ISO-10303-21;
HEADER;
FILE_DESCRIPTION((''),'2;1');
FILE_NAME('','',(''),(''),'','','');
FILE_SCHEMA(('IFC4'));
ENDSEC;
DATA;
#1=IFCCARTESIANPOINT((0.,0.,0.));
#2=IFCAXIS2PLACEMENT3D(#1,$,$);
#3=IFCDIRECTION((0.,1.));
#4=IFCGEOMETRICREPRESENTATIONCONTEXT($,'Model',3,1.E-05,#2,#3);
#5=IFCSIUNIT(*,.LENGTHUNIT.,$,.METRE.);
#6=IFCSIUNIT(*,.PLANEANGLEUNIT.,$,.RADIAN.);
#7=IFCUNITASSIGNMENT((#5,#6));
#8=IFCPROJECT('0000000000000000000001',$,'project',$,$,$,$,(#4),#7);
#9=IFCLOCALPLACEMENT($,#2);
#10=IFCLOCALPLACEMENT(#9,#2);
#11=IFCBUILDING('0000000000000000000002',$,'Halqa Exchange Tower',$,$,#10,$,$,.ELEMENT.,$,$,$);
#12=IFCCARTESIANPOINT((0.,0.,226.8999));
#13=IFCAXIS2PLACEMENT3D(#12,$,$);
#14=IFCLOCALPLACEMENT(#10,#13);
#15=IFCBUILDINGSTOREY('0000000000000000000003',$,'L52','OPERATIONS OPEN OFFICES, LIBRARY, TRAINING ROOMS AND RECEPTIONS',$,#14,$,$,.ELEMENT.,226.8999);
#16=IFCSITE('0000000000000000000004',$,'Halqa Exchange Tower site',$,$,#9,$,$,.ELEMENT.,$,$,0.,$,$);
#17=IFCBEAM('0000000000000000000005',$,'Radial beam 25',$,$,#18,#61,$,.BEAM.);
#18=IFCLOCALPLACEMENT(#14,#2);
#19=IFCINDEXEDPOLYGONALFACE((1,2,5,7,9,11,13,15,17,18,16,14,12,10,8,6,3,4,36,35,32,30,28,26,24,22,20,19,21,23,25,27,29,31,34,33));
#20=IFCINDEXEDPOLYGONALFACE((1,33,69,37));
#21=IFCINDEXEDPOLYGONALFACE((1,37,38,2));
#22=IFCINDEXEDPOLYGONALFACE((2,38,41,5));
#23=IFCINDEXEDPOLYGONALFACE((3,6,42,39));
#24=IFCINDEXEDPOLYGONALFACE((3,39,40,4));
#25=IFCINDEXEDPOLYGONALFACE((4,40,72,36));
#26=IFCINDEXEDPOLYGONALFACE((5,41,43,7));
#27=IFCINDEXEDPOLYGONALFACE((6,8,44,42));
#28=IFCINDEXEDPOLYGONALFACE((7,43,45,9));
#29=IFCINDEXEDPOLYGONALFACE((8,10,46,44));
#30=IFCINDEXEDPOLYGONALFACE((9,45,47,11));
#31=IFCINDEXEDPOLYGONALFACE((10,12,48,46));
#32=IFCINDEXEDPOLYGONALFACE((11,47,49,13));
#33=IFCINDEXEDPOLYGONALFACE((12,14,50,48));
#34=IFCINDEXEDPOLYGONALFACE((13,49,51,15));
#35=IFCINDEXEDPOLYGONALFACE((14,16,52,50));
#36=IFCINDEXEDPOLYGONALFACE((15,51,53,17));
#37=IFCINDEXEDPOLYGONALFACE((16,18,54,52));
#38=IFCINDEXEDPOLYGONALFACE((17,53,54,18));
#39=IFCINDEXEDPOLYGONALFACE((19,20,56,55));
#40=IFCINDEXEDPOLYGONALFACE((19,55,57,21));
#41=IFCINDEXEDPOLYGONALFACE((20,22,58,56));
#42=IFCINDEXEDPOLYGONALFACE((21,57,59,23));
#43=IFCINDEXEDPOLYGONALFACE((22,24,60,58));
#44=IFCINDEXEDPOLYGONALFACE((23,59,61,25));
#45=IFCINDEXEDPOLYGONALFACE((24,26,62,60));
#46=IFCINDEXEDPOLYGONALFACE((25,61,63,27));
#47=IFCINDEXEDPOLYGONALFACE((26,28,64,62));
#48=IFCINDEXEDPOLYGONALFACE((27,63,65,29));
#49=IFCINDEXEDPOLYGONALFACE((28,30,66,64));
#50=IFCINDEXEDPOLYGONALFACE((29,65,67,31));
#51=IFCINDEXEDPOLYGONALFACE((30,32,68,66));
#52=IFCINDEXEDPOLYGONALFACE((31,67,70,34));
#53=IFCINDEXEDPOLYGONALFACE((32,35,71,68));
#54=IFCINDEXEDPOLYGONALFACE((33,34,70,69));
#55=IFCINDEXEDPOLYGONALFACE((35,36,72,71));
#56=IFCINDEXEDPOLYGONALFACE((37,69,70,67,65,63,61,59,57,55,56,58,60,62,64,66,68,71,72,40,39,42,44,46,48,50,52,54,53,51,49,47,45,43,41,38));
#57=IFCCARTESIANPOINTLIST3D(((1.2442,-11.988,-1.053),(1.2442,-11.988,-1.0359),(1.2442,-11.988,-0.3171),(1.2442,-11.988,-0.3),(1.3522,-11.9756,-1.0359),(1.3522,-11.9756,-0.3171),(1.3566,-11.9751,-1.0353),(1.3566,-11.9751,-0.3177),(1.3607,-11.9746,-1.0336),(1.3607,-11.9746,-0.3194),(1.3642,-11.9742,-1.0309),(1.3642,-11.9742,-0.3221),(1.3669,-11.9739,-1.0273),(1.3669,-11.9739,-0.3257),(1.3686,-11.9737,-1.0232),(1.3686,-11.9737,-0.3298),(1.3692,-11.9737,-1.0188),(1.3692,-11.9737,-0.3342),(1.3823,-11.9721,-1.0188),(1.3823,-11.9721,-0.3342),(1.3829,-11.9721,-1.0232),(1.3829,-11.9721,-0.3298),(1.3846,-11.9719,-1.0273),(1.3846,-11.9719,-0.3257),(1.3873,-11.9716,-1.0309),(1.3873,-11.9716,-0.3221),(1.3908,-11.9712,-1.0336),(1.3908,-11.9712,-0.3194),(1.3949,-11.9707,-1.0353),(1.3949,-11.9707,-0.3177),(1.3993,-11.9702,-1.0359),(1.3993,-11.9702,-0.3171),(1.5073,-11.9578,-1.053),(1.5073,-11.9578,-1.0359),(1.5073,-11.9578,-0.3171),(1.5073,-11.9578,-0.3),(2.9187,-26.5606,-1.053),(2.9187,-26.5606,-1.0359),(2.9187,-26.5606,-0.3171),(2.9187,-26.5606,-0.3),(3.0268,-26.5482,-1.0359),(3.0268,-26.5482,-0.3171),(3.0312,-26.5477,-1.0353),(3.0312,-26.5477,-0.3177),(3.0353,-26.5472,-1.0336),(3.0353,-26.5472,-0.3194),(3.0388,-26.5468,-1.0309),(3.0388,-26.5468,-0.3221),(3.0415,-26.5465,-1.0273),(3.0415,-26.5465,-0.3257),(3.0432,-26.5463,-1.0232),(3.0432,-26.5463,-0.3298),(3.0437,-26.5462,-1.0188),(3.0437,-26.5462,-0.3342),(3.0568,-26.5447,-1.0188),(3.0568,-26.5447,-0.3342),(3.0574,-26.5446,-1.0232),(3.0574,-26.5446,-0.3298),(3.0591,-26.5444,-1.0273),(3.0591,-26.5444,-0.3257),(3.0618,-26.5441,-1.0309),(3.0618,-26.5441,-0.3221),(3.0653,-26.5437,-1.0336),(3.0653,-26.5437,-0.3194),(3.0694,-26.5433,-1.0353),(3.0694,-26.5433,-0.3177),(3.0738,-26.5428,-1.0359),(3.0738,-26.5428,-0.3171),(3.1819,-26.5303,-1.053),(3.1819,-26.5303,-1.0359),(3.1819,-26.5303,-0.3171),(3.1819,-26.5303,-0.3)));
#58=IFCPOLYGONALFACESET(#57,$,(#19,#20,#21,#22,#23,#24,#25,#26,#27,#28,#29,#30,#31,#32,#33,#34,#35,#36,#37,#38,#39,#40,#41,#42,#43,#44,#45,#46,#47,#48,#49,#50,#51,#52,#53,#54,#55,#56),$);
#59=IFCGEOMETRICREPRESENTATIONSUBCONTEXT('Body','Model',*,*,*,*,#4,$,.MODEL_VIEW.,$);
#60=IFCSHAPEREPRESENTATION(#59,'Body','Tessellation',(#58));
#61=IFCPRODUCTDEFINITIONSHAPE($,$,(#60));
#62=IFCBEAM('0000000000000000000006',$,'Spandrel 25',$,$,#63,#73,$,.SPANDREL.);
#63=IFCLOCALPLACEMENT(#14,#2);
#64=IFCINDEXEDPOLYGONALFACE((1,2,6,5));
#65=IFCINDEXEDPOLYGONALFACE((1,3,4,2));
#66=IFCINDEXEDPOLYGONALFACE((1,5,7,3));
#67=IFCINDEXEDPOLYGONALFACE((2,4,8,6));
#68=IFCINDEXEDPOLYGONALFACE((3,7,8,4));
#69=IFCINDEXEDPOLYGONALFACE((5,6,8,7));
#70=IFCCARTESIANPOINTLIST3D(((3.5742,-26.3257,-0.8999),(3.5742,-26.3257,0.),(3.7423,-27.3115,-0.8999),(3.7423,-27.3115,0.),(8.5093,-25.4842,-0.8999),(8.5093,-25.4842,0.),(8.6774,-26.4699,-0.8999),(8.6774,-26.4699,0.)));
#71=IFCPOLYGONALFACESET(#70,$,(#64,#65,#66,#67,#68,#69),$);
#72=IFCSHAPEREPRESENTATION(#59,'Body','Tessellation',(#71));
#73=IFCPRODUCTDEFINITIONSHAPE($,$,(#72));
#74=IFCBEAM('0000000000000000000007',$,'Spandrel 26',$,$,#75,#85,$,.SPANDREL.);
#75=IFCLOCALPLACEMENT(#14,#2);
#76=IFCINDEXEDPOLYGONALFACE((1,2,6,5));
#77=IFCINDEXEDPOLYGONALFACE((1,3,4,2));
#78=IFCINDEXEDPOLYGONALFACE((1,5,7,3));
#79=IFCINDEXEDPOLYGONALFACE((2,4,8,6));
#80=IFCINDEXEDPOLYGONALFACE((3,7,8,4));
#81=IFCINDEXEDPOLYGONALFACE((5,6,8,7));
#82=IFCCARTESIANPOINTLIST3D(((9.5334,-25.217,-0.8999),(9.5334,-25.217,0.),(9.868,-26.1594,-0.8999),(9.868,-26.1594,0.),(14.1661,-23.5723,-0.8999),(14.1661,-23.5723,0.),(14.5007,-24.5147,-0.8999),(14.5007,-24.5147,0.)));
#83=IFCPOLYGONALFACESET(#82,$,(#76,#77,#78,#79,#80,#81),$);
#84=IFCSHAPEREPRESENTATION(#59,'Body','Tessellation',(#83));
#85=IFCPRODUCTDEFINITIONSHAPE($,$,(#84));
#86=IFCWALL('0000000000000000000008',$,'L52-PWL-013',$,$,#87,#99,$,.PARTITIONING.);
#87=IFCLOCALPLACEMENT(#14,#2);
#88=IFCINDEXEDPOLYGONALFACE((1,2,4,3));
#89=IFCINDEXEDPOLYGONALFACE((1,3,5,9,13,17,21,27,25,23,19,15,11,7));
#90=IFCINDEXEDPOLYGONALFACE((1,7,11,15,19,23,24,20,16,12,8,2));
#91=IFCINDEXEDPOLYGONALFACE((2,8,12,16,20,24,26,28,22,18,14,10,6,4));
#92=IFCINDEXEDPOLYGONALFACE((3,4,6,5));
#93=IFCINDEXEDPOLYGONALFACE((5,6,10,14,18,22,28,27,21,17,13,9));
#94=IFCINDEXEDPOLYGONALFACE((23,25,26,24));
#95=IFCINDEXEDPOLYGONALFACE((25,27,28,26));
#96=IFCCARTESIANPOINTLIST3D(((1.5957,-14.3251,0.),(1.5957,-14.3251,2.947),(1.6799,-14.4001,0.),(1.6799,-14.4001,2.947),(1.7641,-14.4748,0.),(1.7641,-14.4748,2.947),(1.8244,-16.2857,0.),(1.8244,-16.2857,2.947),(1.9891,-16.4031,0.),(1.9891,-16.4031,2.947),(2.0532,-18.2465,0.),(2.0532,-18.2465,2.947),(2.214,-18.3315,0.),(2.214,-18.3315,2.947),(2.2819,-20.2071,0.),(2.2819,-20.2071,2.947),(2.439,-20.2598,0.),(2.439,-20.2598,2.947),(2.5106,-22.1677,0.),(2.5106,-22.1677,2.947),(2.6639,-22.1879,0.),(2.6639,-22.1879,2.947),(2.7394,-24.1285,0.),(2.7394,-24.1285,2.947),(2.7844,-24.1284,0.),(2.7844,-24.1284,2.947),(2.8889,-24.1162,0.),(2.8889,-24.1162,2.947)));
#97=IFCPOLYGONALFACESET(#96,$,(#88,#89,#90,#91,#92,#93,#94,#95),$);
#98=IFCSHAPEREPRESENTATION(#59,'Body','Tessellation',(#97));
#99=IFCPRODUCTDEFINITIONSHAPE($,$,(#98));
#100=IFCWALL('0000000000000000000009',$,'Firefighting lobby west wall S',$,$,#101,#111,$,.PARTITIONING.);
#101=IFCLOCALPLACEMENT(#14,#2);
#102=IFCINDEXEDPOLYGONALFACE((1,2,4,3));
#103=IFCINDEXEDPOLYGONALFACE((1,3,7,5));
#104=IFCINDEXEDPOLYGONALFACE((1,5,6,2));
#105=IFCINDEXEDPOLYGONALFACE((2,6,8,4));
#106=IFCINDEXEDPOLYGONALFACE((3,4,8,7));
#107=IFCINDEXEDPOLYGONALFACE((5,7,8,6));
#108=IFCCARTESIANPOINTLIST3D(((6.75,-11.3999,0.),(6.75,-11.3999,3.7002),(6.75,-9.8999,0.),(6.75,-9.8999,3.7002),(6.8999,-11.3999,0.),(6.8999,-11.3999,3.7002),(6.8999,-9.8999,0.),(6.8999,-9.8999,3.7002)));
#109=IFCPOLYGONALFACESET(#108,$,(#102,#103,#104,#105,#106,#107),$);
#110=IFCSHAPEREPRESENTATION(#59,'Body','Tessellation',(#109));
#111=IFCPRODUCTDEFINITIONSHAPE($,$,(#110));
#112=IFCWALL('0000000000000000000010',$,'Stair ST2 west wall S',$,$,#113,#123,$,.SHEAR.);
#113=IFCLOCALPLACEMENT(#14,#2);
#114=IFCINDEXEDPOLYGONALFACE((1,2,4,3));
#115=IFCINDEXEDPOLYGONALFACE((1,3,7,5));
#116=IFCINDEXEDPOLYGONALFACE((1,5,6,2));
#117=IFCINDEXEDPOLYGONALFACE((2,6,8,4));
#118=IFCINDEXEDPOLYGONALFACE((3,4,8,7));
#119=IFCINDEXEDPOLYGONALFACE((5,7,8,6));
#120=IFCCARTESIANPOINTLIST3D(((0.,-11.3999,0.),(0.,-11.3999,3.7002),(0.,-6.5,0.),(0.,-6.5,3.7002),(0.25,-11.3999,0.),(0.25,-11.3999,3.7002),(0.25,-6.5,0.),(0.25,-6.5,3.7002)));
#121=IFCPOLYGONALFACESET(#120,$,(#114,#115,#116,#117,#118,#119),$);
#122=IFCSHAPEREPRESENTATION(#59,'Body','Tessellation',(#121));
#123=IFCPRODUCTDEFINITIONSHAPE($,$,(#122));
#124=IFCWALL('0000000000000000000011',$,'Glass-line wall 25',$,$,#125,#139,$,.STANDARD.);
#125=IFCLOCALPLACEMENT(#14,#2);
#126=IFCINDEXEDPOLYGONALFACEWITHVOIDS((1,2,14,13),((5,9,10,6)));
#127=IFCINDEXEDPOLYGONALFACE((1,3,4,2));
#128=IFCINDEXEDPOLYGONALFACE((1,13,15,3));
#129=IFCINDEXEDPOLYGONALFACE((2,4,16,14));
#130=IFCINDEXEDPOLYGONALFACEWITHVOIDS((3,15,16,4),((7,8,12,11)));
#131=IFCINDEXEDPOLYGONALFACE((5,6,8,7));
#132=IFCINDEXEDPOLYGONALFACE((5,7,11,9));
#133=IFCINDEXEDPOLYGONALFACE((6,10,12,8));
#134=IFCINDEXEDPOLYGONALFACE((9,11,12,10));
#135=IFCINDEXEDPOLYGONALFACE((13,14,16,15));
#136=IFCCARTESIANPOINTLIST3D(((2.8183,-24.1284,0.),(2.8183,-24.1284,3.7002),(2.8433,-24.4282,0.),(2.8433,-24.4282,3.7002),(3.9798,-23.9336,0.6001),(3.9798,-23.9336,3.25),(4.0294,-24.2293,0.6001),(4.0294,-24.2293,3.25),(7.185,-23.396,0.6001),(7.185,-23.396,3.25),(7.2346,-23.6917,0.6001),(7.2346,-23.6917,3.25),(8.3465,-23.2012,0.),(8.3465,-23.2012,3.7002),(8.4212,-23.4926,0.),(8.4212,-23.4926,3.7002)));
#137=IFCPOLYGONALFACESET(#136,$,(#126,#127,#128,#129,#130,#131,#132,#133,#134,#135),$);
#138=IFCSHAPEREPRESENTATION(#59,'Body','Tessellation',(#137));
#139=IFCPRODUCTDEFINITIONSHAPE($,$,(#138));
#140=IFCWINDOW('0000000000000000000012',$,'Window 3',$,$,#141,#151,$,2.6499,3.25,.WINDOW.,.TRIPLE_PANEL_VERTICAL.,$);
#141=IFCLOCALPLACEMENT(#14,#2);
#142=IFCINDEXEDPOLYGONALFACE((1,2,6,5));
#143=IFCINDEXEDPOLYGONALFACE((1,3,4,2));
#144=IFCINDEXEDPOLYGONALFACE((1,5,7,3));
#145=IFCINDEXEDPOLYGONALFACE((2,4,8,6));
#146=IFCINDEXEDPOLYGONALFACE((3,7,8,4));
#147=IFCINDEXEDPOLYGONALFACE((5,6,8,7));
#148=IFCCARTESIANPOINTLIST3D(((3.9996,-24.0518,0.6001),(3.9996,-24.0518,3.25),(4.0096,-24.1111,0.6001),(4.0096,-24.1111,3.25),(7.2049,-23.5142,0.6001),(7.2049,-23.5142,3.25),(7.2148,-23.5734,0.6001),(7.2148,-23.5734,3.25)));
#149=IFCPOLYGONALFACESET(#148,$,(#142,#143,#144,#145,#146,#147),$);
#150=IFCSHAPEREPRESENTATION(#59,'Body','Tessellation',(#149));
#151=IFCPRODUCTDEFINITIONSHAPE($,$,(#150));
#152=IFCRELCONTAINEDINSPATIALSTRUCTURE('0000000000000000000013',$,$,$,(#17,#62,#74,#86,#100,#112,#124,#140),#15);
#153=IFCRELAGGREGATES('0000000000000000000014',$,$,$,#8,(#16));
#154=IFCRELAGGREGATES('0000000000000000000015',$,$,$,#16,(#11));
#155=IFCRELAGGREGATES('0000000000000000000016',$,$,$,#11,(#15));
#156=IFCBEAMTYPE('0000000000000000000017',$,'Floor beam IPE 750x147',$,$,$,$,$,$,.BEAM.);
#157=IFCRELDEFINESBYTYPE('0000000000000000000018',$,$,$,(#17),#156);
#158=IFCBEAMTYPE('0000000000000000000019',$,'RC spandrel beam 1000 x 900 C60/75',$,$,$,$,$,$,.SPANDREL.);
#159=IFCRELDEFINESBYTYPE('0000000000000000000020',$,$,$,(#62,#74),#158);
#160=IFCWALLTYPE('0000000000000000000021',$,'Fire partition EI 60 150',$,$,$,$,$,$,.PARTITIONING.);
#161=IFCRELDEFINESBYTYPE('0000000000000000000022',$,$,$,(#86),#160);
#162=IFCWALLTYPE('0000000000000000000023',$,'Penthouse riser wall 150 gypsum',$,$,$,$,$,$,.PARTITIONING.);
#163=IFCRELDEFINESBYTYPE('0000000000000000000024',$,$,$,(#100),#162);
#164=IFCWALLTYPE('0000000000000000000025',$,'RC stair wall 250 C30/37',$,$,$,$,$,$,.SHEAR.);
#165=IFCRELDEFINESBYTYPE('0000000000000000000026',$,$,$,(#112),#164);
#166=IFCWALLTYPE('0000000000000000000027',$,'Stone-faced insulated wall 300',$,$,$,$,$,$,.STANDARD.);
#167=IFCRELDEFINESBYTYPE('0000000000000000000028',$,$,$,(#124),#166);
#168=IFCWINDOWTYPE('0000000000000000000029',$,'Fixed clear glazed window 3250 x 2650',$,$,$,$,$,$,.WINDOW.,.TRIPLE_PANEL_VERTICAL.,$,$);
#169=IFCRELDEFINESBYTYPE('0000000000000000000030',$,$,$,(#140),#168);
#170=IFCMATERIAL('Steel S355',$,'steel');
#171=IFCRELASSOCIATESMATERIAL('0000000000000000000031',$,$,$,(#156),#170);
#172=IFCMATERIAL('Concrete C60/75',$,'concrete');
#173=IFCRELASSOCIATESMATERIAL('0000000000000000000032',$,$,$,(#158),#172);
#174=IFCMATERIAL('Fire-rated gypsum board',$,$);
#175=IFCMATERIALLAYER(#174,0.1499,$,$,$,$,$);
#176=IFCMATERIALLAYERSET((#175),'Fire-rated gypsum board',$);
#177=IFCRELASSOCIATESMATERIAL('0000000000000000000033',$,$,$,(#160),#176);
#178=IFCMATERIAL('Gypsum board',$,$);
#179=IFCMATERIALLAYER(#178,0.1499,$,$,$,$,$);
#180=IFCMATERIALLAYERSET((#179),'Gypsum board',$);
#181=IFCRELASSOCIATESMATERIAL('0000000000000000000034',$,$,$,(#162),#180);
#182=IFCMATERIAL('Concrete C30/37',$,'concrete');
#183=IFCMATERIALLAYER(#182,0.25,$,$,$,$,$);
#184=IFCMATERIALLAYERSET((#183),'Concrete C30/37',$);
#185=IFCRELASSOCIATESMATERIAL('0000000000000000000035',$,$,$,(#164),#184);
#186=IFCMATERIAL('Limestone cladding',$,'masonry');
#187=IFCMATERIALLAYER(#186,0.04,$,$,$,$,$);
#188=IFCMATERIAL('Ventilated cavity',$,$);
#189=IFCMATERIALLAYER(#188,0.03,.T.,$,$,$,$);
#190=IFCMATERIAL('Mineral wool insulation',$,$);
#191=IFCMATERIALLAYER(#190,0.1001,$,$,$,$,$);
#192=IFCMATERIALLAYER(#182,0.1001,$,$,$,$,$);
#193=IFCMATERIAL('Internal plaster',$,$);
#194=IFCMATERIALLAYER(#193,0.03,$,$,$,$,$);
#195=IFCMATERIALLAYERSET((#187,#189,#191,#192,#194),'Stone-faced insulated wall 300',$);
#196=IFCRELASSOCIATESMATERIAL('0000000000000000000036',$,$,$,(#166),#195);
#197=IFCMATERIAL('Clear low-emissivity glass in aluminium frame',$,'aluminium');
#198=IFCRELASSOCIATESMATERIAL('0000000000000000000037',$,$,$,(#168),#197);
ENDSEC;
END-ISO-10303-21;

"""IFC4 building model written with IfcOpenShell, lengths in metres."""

from ifc_helpers import new_model, si_unit, direction, frame, frame_2d, origin, origin_2d, place, context, subcontext, project, spatial, polyline, rectangle, i_section, outline, extrude, material, layer, layer_set, material_profile, profile_set, type_object, element, fill, save


model = new_model("IFC4")

# Units and contexts
model_context = context("Model", 3, precision=1e-05, world=origin(), true_north=direction((0.0, 1.0)))
body_context = subcontext(model_context, "Body", "Model", "MODEL_VIEW")
ifc_project = project(units=[si_unit("LENGTHUNIT", "METRE"), si_unit("PLANEANGLEUNIT", "RADIAN")], contexts=[model_context])

# Site, building, storey
site_placement = place(None, origin())
site = spatial("IfcSite", under=ifc_project, at=site_placement, Name="Halqa Exchange Tower site", CompositionType="ELEMENT", RefElevation=0.0)
building_placement = place(site_placement, origin())
building = spatial("IfcBuilding", under=site, at=building_placement, Name="Halqa Exchange Tower", CompositionType="ELEMENT")
storey_placement = place(building_placement, frame((0.0, 0.0, 226.8999)))
storey = spatial("IfcBuildingStorey", under=building, at=storey_placement, Name="L52", Description="OPERATIONS OPEN OFFICES, LIBRARY, TRAINING ROOMS AND RECEPTIONS", CompositionType="ELEMENT", Elevation=226.8999)

# Shared definitions
ifc_material_1 = material(Name="Concrete C60/75", Category="concrete")

# Beams
ifc_material_2 = material(Name="Steel S355", Category="steel")
ifc_material_profile_1 = material_profile(ifc_material_2, i_section(OverallWidth=0.2649, OverallDepth=0.7529, WebThickness=0.0132, FlangeThickness=0.0171, FilletRadius=0.0171, at=origin_2d()), Name="IPE 750x147")
ifc_profile_set_1 = profile_set([ifc_material_profile_1], Name="Steel S355")
beam_type_1 = type_object("IfcBeamType", Name="Floor beam IPE 750x147", PredefinedType="BEAM", material=ifc_profile_set_1)
beam_1_placement = place(storey_placement, frame((1.3757, -11.9729, -0.6765), z_axis=(0.114161, -0.993462, 0.0), x_axis=(0.993462, 0.114161, 0.0)))
element("IfcBeam", 1, at=beam_1_placement, inside=storey, type_object=beam_type_1, Name="Radial beam 25", PredefinedType="BEAM", context=body_context, shape_type="SweptSolid", body=[
    extrude(i_section(OverallWidth=0.2649, OverallDepth=0.7529, WebThickness=0.0132, FlangeThickness=0.0171, FilletRadius=0.0171, at=origin_2d()), origin(), (0.0, 0.0, 1.0), 14.6685),
])
ifc_material_profile_2 = material_profile(ifc_material_1, rectangle(XDim=1.0, YDim=0.8999, at=origin_2d()), Name="1000 x 900")
ifc_profile_set_2 = profile_set([ifc_material_profile_2], Name="Concrete C60/75")
beam_type_2 = type_object("IfcBeamType", Name="RC spandrel beam 1000 x 900 C60/75", PredefinedType="SPANDREL", material=ifc_profile_set_2)
beam_2_placement = place(storey_placement, frame((3.6582, -26.8186, -0.45), z_axis=(0.98577, 0.168099, 0.0), x_axis=(-0.168099, 0.98577, 0.0)))
element("IfcBeam", 2, at=beam_2_placement, inside=storey, type_object=beam_type_2, Name="Spandrel 25", PredefinedType="SPANDREL", context=body_context, shape_type="SweptSolid", body=[
    extrude(rectangle(XDim=1.0, YDim=0.8999, at=origin_2d()), origin(), (0.0, 0.0, 1.0), 5.0063),
])
beam_3_placement = place(storey_placement, frame((9.7007, -25.6882, -0.45), z_axis=(0.942372, 0.334568, 0.0), x_axis=(-0.334568, 0.942372, 0.0)))
element("IfcBeam", 3, at=beam_3_placement, inside=storey, type_object=beam_type_2, Name="Spandrel 26", PredefinedType="SPANDREL", context=body_context, shape_type="SweptSolid", body=[
    extrude(rectangle(XDim=1.0, YDim=0.8999, at=origin_2d()), origin(), (0.0, 0.0, 1.0), 4.916),
])

# Wall
ifc_material_3 = material(Name="Fire-rated gypsum board")
ifc_layer_1 = layer(ifc_material_3, 0.1499)
ifc_layer_set_1 = layer_set([ifc_layer_1], Name="Fire-rated gypsum board")
wall_type_1 = type_object("IfcWallType", Name="Fire partition EI 60 150", PredefinedType="PARTITIONING", material=ifc_layer_set_1)
wall_1_placement = place(storey_placement, frame((1.6702, -14.3164, 0.0), z_axis=(0.0, 0.0, 1.0), x_axis=(0.115876, -0.993264, 0.0)))
element("IfcWall", 4, at=wall_1_placement, inside=storey, type_object=wall_type_1, Name="L52-PWL-013", PredefinedType="PARTITIONING", context=body_context, shape_type="SweptSolid", body=[
    extrude(outline(polyline([(0.0, -0.075), (1.9739, -0.075), (3.948, -0.075), (5.9219, -0.075), (7.8958, -0.075), (9.8699, -0.075), (9.875, -0.0303), (9.875, 0.075), (7.9336, 0.075), (5.9924, 0.075), (4.051, 0.075), (2.1096, 0.075), (0.1682, 0.075), (0.0842, 0.0), (0.0, -0.075), (0.0, -0.075)])), origin(), (0.0, 0.0, 1.0), 2.947),
])

# Walls
ifc_material_4 = material(Name="Gypsum board")
ifc_layer_2 = layer(ifc_material_4, 0.1499)
ifc_layer_set_2 = layer_set([ifc_layer_2], Name="Gypsum board")
wall_type_2 = type_object("IfcWallType", Name="Penthouse riser wall 150 gypsum", PredefinedType="PARTITIONING", material=ifc_layer_set_2)
wall_2_placement = place(storey_placement, frame((6.825, -11.3999, 0.0), z_axis=(0.0, 0.0, 1.0), x_axis=(0.0, 1.0, 0.0)))
element("IfcWall", 5, at=wall_2_placement, inside=storey, type_object=wall_type_2, Name="Firefighting lobby west wall S", PredefinedType="PARTITIONING", context=body_context, shape_type="SweptSolid", body=[
    extrude(rectangle(XDim=1.5, YDim=0.1499, at=frame_2d((0.75, 0.0))), origin(), (0.0, 0.0, 1.0), 3.7002),
])
ifc_material_5 = material(Name="Concrete C30/37", Category="concrete")
ifc_layer_3 = layer(ifc_material_5, 0.25)
ifc_layer_set_3 = layer_set([ifc_layer_3], Name="Concrete C30/37")
wall_type_3 = type_object("IfcWallType", Name="RC stair wall 250 C30/37", PredefinedType="SHEAR", material=ifc_layer_set_3)
wall_3_placement = place(storey_placement, frame((0.125, -11.3999, 0.0), z_axis=(0.0, 0.0, 1.0), x_axis=(0.0, 1.0, 0.0)))
element("IfcWall", 6, at=wall_3_placement, inside=storey, type_object=wall_type_3, Name="Stair ST2 west wall S", PredefinedType="SHEAR", context=body_context, shape_type="SweptSolid", body=[
    extrude(rectangle(XDim=4.8999, YDim=0.25, at=frame_2d((2.45, 0.0))), origin(), (0.0, 0.0, 1.0), 3.7002),
])

# Wall, opening, window
ifc_material_6 = material(Name="Limestone cladding", Category="masonry")
ifc_layer_4 = layer(ifc_material_6, 0.04)
ifc_material_7 = material(Name="Ventilated cavity")
ifc_layer_5 = layer(ifc_material_7, 0.03, ventilated=True)
ifc_material_8 = material(Name="Mineral wool insulation")
ifc_layer_6 = layer(ifc_material_8, 0.1001)
ifc_layer_7 = layer(ifc_material_5, 0.1001)
ifc_material_9 = material(Name="Internal plaster")
ifc_layer_8 = layer(ifc_material_9, 0.03)
ifc_layer_set_4 = layer_set([ifc_layer_4, ifc_layer_5, ifc_layer_6, ifc_layer_7, ifc_layer_8], Name="Stone-faced insulated wall 300")
wall_type_4 = type_object("IfcWallType", Name="Stone-faced insulated wall 300", PredefinedType="STANDARD", material=ifc_layer_set_4)
wall_4_placement = place(storey_placement, frame((2.8308, -24.2783, 0.0), z_axis=(0.0, 0.0, 1.0), x_axis=(0.986223, 0.165418, 0.0)))
wall_4 = element("IfcWall", 7, at=wall_4_placement, inside=storey, type_object=wall_type_4, Name="Glass-line wall 25", PredefinedType="STANDARD", context=body_context, shape_type="SweptSolid", body=[
    extrude(outline(polyline([(-0.0125, -0.1499), (5.6433, -0.1499), (5.6179, 0.1499), (0.0125, 0.1499), (-0.0125, -0.1499)])), origin(), (0.0, 0.0, 1.0), 3.7002),
])
opening_1_placement = place(wall_4_placement, frame((1.1902, 0.0, 0.6001)))
opening_1 = element("IfcOpeningElement", 8, at=opening_1_placement, cuts=wall_4, PredefinedType="OPENING", context=body_context, shape_type="SweptSolid", body=[
    extrude(rectangle(XDim=3.25, YDim=2.6499, at=frame_2d((1.625, 1.325))), frame((0.0, 0.1621, 0.0), z_axis=(0.0, -1.0, 0.0), x_axis=(1.0, 0.0, 0.0)), (0.0, 0.0, 1.0), 0.324),
])
ifc_material_10 = material(Name="Clear low-emissivity glass in aluminium frame", Category="aluminium")
window_type = type_object("IfcWindowType", Name="Fixed clear glazed window 3250 x 2650", PartitioningType="TRIPLE_PANEL_VERTICAL", PredefinedType="WINDOW", material=ifc_material_10)
window_1_placement = place(opening_1_placement, origin())
window_1 = element("IfcWindow", 9, at=window_1_placement, inside=storey, type_object=window_type, Name="Window 3", OverallHeight=2.6499, OverallWidth=3.25, PartitioningType="TRIPLE_PANEL_VERTICAL", PredefinedType="WINDOW", context=body_context, shape_type="SweptSolid", body=[
    extrude(rectangle(XDim=3.25, YDim=2.6499, at=frame_2d((1.625, 1.325))), frame((0.0, 0.03, 0.0), z_axis=(0.0, -1.0, 0.0), x_axis=(1.0, 0.0, 0.0)), (0.0, 0.0, 1.0), 0.0601),
])
fill(opening_1, window_1)

save(model, "model.ifc")
